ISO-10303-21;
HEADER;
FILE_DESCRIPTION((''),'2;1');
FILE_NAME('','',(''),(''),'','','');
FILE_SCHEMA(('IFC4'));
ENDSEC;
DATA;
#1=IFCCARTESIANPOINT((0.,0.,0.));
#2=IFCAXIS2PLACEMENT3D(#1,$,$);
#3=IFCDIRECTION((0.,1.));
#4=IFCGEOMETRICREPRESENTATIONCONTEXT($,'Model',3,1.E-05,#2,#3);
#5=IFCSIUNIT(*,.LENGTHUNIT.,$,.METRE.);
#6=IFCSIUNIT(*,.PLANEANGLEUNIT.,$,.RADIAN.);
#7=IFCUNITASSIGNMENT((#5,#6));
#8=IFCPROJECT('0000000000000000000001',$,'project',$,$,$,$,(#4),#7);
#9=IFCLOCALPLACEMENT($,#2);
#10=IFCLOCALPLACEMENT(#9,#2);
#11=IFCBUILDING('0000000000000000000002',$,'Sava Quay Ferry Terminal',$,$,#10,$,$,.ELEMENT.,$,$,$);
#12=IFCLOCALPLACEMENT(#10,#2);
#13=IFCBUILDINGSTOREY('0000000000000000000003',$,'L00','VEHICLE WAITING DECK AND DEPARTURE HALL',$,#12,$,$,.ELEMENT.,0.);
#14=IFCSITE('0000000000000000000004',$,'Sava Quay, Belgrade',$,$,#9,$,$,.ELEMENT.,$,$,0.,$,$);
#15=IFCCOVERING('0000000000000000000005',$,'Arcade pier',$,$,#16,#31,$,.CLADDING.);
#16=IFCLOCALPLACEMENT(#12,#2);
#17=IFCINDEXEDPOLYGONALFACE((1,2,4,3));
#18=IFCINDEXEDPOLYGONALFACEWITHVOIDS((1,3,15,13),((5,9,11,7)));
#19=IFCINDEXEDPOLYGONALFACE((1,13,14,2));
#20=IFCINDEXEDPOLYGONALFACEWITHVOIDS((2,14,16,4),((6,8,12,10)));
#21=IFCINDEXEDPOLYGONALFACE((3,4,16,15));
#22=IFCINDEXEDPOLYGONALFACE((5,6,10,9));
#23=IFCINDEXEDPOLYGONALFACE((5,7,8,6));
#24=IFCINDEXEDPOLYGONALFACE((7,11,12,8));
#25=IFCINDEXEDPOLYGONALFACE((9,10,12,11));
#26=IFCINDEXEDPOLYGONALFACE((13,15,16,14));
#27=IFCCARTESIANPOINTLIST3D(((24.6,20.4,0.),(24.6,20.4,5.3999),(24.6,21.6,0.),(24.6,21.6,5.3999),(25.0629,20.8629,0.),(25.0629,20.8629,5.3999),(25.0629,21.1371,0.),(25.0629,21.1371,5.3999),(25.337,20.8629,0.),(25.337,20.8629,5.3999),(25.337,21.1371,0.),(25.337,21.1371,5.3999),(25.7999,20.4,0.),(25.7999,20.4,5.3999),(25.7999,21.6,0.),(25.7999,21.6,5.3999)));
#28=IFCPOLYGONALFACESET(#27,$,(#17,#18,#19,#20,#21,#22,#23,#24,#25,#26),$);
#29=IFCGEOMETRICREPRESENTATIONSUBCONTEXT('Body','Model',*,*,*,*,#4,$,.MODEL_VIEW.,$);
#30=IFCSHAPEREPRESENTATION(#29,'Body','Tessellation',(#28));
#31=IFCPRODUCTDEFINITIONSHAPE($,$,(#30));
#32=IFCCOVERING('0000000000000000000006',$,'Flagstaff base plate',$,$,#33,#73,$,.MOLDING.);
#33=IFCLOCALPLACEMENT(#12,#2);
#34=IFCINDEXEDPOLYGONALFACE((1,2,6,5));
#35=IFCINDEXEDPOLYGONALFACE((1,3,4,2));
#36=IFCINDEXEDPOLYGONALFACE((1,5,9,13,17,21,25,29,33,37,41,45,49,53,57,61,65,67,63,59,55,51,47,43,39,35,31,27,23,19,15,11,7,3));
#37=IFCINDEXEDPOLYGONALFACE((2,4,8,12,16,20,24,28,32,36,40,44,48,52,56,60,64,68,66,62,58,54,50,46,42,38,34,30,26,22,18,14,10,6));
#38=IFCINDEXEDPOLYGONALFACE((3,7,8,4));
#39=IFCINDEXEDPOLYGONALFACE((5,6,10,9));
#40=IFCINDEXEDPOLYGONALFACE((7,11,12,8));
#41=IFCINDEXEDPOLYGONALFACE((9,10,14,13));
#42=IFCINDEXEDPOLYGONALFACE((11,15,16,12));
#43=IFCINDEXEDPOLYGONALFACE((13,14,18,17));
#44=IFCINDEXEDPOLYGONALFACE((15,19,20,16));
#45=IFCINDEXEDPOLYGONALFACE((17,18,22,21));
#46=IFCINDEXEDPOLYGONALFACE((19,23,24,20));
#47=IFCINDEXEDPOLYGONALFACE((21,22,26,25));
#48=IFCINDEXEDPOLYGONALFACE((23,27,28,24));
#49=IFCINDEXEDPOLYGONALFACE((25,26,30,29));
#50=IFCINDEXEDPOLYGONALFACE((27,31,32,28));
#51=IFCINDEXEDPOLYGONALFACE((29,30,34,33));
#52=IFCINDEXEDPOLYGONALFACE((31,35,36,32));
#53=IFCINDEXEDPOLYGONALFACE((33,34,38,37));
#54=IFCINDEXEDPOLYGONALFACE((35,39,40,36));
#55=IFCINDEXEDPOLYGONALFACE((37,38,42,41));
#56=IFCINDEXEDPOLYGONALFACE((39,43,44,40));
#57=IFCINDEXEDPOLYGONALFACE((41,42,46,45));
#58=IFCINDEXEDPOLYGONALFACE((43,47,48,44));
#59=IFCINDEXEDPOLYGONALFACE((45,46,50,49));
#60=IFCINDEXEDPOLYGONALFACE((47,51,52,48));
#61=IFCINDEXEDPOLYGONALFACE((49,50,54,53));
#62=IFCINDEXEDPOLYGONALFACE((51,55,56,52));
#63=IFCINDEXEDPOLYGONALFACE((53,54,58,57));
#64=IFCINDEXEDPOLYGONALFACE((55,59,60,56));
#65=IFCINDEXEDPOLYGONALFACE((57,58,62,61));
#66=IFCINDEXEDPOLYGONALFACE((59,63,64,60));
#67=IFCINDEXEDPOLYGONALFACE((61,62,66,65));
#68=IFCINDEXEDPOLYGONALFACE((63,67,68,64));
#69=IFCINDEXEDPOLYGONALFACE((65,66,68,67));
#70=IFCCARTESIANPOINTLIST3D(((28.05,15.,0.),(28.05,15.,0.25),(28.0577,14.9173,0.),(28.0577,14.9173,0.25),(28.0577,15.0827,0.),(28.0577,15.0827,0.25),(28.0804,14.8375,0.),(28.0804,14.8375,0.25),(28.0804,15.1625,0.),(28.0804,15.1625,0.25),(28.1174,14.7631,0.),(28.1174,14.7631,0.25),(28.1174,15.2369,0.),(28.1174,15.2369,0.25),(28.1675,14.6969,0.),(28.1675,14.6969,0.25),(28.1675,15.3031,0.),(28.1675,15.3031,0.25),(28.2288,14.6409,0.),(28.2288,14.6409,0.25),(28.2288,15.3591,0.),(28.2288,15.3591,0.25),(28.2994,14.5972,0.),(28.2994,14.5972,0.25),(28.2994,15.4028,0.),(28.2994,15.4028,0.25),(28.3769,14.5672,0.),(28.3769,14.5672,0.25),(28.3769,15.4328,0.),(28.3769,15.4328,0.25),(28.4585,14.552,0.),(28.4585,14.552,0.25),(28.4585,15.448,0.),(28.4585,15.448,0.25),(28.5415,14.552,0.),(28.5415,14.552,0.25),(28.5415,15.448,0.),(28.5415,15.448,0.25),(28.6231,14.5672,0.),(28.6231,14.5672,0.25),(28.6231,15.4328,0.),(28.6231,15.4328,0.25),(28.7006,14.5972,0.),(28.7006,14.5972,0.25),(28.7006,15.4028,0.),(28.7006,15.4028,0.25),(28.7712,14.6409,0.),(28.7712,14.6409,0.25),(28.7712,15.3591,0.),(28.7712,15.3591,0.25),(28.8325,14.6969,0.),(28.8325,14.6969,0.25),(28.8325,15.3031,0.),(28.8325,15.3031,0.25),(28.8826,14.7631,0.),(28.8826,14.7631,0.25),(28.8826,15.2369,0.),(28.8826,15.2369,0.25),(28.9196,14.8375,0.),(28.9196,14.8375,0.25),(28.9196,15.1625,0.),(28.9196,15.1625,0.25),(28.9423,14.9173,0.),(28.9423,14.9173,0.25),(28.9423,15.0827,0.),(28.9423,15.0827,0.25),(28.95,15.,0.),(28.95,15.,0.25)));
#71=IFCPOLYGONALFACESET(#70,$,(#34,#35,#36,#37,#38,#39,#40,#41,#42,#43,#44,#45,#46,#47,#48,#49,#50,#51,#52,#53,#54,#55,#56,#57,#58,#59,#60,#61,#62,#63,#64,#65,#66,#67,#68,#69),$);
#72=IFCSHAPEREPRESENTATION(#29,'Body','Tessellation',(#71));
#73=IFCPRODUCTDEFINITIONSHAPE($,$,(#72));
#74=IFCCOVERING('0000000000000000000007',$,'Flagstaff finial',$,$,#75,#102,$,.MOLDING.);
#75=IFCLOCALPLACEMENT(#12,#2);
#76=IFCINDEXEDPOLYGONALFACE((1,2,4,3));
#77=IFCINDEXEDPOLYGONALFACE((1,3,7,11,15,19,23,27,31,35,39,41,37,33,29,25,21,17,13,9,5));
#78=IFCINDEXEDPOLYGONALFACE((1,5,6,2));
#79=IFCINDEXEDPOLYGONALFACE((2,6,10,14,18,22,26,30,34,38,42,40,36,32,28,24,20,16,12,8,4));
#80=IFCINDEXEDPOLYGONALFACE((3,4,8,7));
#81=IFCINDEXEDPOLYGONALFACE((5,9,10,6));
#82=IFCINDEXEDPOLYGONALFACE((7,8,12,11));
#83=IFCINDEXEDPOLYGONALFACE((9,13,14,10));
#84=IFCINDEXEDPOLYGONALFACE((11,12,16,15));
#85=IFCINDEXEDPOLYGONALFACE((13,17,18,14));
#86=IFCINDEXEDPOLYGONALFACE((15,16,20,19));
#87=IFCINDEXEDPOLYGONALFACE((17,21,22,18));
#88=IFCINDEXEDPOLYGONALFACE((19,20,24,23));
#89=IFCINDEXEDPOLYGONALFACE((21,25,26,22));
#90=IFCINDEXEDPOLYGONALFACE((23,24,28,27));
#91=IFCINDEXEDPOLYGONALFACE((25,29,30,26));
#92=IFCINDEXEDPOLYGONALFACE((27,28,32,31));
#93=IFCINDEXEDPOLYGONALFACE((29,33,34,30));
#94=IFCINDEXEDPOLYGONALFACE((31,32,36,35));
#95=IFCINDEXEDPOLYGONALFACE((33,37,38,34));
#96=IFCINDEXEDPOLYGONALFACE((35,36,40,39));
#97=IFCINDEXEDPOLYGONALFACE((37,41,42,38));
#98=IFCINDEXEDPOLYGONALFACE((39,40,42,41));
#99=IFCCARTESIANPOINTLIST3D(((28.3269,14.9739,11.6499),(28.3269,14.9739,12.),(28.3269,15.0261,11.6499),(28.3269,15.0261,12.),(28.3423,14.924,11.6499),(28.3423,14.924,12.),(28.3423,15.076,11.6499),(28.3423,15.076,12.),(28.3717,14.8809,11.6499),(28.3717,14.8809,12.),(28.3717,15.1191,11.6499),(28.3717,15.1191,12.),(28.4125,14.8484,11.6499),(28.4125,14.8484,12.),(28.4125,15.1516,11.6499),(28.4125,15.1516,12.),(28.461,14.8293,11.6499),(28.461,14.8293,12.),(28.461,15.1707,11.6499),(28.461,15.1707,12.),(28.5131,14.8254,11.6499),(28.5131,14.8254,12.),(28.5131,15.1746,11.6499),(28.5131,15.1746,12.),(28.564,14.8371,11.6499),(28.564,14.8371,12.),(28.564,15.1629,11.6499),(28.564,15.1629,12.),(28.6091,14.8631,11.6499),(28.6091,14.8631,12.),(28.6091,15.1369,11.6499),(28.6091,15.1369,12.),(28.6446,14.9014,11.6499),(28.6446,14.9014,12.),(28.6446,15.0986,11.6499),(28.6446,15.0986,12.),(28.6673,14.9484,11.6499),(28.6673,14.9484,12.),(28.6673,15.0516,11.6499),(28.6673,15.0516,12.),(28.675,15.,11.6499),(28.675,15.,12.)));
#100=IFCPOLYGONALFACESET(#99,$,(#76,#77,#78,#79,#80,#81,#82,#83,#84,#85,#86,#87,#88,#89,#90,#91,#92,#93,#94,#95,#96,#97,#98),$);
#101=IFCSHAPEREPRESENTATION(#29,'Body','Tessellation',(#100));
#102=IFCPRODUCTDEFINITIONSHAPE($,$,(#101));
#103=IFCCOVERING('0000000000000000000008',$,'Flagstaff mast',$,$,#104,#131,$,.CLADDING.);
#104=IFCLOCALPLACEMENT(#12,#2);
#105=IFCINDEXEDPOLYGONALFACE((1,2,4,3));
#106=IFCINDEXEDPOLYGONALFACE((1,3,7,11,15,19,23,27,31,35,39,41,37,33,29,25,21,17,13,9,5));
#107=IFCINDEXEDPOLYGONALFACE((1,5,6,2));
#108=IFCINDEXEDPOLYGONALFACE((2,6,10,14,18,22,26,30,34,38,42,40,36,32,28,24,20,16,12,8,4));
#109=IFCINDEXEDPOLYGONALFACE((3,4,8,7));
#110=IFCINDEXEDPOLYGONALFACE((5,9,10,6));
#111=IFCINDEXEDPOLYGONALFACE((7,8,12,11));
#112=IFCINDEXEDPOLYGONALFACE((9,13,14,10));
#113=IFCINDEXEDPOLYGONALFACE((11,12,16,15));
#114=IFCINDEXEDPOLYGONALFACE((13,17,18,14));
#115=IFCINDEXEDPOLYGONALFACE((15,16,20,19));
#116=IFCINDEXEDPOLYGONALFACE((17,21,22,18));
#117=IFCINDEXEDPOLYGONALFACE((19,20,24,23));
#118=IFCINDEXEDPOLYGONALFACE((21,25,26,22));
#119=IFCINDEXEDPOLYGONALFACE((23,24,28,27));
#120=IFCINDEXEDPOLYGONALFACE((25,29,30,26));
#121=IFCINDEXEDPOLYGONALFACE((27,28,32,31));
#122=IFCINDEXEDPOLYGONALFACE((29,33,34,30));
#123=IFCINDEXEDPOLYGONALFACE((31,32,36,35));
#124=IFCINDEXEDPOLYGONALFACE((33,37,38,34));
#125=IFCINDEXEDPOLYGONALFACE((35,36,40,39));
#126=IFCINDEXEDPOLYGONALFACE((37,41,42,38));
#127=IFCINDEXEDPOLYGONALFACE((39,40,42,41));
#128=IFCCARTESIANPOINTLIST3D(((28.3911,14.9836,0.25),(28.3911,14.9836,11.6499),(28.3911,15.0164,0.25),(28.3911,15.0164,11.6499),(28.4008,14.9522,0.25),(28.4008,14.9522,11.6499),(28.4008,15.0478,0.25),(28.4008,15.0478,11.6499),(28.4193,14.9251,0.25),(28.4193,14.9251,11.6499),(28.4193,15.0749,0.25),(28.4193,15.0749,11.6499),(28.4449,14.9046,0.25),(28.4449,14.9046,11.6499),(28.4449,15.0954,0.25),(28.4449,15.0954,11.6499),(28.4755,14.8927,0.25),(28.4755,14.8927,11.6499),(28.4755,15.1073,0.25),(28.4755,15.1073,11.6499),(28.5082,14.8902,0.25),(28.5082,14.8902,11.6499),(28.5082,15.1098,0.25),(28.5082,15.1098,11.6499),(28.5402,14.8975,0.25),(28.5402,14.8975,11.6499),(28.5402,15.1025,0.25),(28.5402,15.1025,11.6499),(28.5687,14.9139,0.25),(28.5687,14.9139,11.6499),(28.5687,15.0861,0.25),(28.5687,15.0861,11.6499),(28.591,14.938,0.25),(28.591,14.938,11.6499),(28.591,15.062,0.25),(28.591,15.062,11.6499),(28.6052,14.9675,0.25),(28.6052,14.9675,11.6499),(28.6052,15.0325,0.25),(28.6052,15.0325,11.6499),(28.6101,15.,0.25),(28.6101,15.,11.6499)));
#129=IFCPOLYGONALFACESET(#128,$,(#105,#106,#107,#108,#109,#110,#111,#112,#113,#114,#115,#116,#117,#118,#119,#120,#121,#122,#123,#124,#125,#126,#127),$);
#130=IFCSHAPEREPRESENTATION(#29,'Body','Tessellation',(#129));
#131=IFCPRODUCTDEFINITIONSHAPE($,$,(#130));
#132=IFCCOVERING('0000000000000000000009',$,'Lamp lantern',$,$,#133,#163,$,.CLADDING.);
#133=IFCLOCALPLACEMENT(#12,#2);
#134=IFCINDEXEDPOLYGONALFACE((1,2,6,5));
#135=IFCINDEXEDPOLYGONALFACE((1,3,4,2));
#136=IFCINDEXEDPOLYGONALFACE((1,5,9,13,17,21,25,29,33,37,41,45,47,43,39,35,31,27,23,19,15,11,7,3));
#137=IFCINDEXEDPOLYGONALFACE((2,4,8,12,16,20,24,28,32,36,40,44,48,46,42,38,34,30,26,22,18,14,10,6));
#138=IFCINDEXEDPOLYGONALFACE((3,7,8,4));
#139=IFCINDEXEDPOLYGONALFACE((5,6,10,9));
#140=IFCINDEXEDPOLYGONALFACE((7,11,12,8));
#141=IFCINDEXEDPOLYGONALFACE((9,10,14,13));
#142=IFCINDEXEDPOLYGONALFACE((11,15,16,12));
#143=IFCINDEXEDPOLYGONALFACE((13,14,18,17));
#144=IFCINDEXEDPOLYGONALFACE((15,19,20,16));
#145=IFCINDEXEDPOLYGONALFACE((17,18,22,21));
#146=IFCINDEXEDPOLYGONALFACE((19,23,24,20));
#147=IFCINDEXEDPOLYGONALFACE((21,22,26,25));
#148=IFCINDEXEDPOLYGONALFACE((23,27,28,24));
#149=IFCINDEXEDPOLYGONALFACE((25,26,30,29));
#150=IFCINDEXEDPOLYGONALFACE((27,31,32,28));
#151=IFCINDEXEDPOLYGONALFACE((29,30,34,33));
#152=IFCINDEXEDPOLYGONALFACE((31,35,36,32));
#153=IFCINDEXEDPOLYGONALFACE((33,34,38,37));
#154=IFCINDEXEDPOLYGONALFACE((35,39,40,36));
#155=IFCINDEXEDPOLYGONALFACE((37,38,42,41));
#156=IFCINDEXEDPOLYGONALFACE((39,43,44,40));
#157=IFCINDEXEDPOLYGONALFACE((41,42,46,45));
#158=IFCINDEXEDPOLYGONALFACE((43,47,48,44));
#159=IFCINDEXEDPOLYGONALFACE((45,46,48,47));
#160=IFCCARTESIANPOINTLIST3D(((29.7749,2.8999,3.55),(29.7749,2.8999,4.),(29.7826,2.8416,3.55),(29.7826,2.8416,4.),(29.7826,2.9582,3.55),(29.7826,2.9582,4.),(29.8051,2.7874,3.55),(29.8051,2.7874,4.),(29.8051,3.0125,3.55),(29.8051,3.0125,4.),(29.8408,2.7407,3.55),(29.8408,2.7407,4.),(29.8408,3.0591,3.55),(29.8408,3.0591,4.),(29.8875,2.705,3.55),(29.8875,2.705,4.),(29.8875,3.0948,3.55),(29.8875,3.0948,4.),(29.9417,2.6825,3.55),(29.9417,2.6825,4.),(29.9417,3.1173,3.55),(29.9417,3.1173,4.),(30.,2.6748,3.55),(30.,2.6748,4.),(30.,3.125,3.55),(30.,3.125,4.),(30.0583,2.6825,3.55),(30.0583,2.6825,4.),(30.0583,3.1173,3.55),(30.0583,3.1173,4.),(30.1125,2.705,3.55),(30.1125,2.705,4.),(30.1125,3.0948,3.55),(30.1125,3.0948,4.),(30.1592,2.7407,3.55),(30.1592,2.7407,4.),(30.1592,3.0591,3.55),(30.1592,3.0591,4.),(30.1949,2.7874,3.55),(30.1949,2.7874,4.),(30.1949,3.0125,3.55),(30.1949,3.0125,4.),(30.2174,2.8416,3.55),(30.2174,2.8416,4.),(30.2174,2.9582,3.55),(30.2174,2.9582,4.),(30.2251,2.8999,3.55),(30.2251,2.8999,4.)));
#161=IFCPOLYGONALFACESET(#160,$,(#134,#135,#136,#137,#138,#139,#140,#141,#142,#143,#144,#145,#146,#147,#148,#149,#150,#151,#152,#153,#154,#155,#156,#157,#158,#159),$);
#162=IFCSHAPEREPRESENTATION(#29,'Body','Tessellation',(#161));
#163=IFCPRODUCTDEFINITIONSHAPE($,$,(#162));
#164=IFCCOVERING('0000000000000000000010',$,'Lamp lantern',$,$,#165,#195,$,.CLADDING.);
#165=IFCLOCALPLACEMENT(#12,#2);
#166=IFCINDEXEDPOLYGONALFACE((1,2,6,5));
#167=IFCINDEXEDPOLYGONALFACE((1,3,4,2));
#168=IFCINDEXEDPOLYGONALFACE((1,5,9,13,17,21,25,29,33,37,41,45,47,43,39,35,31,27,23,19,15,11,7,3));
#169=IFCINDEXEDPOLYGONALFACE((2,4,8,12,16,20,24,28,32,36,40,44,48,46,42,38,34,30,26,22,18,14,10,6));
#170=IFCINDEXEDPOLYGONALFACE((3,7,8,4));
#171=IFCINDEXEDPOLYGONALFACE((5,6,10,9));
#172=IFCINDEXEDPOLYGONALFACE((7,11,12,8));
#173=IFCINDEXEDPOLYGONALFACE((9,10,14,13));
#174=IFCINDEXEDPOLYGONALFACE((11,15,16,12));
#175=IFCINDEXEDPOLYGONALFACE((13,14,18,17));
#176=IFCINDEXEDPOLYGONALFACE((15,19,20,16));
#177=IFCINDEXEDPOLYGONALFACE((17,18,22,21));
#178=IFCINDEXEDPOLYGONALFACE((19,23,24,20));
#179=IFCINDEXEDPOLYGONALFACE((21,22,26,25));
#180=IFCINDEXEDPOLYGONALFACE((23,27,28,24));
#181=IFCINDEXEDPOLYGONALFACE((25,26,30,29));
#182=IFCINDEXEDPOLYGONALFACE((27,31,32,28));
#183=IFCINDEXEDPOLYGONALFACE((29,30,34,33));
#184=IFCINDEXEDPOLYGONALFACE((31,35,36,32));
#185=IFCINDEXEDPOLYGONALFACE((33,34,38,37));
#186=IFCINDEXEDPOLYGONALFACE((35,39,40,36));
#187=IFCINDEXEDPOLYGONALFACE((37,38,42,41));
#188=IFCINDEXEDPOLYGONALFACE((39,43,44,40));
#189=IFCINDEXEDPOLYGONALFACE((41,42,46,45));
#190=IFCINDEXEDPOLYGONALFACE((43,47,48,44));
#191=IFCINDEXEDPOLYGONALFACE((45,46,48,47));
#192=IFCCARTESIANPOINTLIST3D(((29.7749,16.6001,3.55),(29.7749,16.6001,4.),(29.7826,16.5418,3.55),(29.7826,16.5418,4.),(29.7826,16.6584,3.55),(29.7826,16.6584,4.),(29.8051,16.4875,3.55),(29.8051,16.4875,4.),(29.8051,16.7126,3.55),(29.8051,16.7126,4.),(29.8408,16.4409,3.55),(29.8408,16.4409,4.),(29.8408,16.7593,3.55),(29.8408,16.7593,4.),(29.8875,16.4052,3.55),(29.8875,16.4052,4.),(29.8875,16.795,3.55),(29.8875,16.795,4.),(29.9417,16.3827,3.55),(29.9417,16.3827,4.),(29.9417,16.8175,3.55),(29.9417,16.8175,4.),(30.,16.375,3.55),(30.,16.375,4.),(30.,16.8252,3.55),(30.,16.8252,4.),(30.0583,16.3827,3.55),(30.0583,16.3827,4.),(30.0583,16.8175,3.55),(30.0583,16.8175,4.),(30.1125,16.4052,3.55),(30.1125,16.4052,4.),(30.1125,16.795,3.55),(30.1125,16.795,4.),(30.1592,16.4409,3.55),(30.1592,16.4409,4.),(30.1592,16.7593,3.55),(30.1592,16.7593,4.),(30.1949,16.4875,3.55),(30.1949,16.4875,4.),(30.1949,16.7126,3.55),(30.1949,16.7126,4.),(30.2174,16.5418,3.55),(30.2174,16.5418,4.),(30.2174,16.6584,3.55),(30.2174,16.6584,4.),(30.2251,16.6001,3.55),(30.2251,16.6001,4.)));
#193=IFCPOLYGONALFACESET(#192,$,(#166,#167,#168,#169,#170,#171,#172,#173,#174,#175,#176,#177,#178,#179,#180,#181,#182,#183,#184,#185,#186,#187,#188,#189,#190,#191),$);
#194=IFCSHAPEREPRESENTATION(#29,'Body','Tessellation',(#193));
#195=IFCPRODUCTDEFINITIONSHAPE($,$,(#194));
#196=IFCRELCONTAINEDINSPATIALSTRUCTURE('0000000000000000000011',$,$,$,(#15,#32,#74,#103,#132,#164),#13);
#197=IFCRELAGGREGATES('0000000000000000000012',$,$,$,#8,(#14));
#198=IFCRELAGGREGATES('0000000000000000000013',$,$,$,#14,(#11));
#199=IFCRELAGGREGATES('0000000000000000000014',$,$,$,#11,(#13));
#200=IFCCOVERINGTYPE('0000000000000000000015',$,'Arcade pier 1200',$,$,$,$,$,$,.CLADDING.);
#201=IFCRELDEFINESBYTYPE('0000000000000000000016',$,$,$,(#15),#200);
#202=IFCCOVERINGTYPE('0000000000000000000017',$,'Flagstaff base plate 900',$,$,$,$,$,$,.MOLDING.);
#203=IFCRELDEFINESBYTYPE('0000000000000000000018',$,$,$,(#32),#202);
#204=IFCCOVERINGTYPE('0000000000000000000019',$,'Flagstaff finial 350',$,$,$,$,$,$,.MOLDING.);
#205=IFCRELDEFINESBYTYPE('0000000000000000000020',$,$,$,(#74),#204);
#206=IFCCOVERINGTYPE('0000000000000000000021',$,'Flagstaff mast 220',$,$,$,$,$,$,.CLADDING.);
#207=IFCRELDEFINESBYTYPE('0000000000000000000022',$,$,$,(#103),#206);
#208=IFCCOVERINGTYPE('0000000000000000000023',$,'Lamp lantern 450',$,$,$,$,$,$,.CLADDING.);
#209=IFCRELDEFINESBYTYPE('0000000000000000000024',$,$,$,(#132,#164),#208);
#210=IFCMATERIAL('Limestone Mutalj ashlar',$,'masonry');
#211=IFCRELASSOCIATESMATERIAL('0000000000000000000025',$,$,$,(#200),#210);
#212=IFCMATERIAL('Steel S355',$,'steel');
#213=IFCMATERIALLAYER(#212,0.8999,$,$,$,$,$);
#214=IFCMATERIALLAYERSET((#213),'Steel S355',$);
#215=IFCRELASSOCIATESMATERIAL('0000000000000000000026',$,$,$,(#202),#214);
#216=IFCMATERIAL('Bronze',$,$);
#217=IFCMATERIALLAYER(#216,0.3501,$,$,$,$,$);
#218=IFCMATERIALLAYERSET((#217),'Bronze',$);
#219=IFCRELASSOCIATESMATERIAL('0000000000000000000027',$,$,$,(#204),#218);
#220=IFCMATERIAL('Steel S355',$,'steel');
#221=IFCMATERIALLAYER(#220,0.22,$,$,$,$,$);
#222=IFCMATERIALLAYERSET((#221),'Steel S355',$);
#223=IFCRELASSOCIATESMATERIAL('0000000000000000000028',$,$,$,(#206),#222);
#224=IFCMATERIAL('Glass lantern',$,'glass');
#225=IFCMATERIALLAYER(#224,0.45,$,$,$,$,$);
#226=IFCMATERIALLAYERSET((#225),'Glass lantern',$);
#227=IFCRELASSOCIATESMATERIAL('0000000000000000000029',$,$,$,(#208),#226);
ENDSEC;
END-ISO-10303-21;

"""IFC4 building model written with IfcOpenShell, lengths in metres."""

from ifc_helpers import new_model, si_unit, direction, frame, origin, origin_2d, place, context, subcontext, project, spatial, hollow_rectangle, circle, extrude, material, layer, layer_set, material_profile, profile_set, type_object, element, save


model = new_model("IFC4")

# Units and contexts
model_context = context("Model", 3, precision=1e-05, world=origin(), true_north=direction((0.0, 1.0)))
body_context = subcontext(model_context, "Body", "Model", "MODEL_VIEW")
ifc_project = project(units=[si_unit("LENGTHUNIT", "METRE"), si_unit("PLANEANGLEUNIT", "RADIAN")], contexts=[model_context])

# Site, building, storey
site_placement = place(None, origin())
site = spatial("IfcSite", under=ifc_project, at=site_placement, Name="Sava Quay, Belgrade", CompositionType="ELEMENT", RefElevation=0.0)
building_placement = place(site_placement, origin())
building = spatial("IfcBuilding", under=site, at=building_placement, Name="Sava Quay Ferry Terminal", CompositionType="ELEMENT")
storey_placement = place(building_placement, origin())
storey = spatial("IfcBuildingStorey", under=building, at=storey_placement, Name="L00", Description="VEHICLE WAITING DECK AND DEPARTURE HALL", CompositionType="ELEMENT", Elevation=0.0)

# Coverings
ifc_material_1 = material(Name="Limestone Mutalj ashlar", Category="masonry")
ifc_material_profile_1 = material_profile(ifc_material_1, hollow_rectangle(XDim=1.2, YDim=1.2, WallThickness=0.4629, at=origin_2d()), Name="Arcade pier 1200")
ifc_profile_set_1 = profile_set([ifc_material_profile_1], Name="Limestone Mutalj ashlar")
covering_type_1 = type_object("IfcCoveringType", Name="Arcade pier 1200", PredefinedType="CLADDING", material=ifc_profile_set_1)
covering_1_placement = place(storey_placement, frame((25.2, 21.0, 0.0), z_axis=(0.0, 0.0, 1.0), x_axis=(1.0, 0.0, 0.0)))
element("IfcCovering", 1, at=covering_1_placement, inside=storey, type_object=covering_type_1, Name="Arcade pier", PredefinedType="CLADDING", context=body_context, shape_type="SweptSolid", body=[
    extrude(hollow_rectangle(XDim=1.2, YDim=1.2, WallThickness=0.4629, at=origin_2d()), origin(), (0.0, 0.0, 1.0), 5.3999),
])
ifc_material_2 = material(Name="Steel S355", Category="steel")
ifc_layer_1 = layer(ifc_material_2, 0.8999)
ifc_layer_set_1 = layer_set([ifc_layer_1], Name="Steel S355")
covering_type_2 = type_object("IfcCoveringType", Name="Flagstaff base plate 900", PredefinedType="MOLDING", material=ifc_layer_set_1)
covering_2_placement = place(storey_placement, frame((28.5, 15.0, 0.25), z_axis=(0.0, 0.0, -1.0), x_axis=(1.0, 0.0, 0.0)))
element("IfcCovering", 2, at=covering_2_placement, inside=storey, type_object=covering_type_2, Name="Flagstaff base plate", PredefinedType="MOLDING", context=body_context, shape_type="SweptSolid", body=[
    extrude(circle(Radius=0.45, at=origin_2d()), origin(), (0.0, 0.0, 1.0), 0.25),
])
ifc_material_3 = material(Name="Bronze")
ifc_layer_2 = layer(ifc_material_3, 0.3501)
ifc_layer_set_2 = layer_set([ifc_layer_2], Name="Bronze")
covering_type_3 = type_object("IfcCoveringType", Name="Flagstaff finial 350", PredefinedType="MOLDING", material=ifc_layer_set_2)
covering_3_placement = place(storey_placement, frame((28.5, 15.0, 12.0), z_axis=(0.0, 0.0, -1.0), x_axis=(1.0, 0.0, 0.0)))
element("IfcCovering", 3, at=covering_3_placement, inside=storey, type_object=covering_type_3, Name="Flagstaff finial", PredefinedType="MOLDING", context=body_context, shape_type="SweptSolid", body=[
    extrude(circle(Radius=0.175, at=origin_2d()), origin(), (0.0, 0.0, 1.0), 0.3501),
])
ifc_material_4 = material(Name="Steel S355", Category="steel")
ifc_layer_3 = layer(ifc_material_4, 0.22)
ifc_layer_set_3 = layer_set([ifc_layer_3], Name="Steel S355")
covering_type_4 = type_object("IfcCoveringType", Name="Flagstaff mast 220", PredefinedType="CLADDING", material=ifc_layer_set_3)
covering_4_placement = place(storey_placement, frame((28.5, 15.0, 11.6499), z_axis=(0.0, 0.0, -1.0), x_axis=(1.0, 0.0, 0.0)))
element("IfcCovering", 4, at=covering_4_placement, inside=storey, type_object=covering_type_4, Name="Flagstaff mast", PredefinedType="CLADDING", context=body_context, shape_type="SweptSolid", body=[
    extrude(circle(Radius=0.1101, at=origin_2d()), origin(), (0.0, 0.0, 1.0), 11.3999),
])
ifc_material_5 = material(Name="Glass lantern", Category="glass")
ifc_layer_4 = layer(ifc_material_5, 0.45)
ifc_layer_set_4 = layer_set([ifc_layer_4], Name="Glass lantern")
covering_type_5 = type_object("IfcCoveringType", Name="Lamp lantern 450", PredefinedType="CLADDING", material=ifc_layer_set_4)
for number, where, z_axis, x_axis, name in (
    (5, (30.0, 2.8999, 4.0), (0.0, 0.0, -1.0), (1.0, 0.0, 0.0), "Lamp lantern"),
    (6, (30.0, 16.6001, 4.0), (0.0, 0.0, -1.0), (1.0, 0.0, 0.0), "Lamp lantern"),
):
    element("IfcCovering", number, at=place(storey_placement, frame(where, z_axis=z_axis, x_axis=x_axis)), inside=storey, type_object=covering_type_5, Name=name, PredefinedType="CLADDING", context=body_context, shape_type="SweptSolid", body=[
        extrude(circle(Radius=0.2251, at=origin_2d()), origin(), (0.0, 0.0, 1.0), 0.45),
    ])

save(model, "model.ifc")
